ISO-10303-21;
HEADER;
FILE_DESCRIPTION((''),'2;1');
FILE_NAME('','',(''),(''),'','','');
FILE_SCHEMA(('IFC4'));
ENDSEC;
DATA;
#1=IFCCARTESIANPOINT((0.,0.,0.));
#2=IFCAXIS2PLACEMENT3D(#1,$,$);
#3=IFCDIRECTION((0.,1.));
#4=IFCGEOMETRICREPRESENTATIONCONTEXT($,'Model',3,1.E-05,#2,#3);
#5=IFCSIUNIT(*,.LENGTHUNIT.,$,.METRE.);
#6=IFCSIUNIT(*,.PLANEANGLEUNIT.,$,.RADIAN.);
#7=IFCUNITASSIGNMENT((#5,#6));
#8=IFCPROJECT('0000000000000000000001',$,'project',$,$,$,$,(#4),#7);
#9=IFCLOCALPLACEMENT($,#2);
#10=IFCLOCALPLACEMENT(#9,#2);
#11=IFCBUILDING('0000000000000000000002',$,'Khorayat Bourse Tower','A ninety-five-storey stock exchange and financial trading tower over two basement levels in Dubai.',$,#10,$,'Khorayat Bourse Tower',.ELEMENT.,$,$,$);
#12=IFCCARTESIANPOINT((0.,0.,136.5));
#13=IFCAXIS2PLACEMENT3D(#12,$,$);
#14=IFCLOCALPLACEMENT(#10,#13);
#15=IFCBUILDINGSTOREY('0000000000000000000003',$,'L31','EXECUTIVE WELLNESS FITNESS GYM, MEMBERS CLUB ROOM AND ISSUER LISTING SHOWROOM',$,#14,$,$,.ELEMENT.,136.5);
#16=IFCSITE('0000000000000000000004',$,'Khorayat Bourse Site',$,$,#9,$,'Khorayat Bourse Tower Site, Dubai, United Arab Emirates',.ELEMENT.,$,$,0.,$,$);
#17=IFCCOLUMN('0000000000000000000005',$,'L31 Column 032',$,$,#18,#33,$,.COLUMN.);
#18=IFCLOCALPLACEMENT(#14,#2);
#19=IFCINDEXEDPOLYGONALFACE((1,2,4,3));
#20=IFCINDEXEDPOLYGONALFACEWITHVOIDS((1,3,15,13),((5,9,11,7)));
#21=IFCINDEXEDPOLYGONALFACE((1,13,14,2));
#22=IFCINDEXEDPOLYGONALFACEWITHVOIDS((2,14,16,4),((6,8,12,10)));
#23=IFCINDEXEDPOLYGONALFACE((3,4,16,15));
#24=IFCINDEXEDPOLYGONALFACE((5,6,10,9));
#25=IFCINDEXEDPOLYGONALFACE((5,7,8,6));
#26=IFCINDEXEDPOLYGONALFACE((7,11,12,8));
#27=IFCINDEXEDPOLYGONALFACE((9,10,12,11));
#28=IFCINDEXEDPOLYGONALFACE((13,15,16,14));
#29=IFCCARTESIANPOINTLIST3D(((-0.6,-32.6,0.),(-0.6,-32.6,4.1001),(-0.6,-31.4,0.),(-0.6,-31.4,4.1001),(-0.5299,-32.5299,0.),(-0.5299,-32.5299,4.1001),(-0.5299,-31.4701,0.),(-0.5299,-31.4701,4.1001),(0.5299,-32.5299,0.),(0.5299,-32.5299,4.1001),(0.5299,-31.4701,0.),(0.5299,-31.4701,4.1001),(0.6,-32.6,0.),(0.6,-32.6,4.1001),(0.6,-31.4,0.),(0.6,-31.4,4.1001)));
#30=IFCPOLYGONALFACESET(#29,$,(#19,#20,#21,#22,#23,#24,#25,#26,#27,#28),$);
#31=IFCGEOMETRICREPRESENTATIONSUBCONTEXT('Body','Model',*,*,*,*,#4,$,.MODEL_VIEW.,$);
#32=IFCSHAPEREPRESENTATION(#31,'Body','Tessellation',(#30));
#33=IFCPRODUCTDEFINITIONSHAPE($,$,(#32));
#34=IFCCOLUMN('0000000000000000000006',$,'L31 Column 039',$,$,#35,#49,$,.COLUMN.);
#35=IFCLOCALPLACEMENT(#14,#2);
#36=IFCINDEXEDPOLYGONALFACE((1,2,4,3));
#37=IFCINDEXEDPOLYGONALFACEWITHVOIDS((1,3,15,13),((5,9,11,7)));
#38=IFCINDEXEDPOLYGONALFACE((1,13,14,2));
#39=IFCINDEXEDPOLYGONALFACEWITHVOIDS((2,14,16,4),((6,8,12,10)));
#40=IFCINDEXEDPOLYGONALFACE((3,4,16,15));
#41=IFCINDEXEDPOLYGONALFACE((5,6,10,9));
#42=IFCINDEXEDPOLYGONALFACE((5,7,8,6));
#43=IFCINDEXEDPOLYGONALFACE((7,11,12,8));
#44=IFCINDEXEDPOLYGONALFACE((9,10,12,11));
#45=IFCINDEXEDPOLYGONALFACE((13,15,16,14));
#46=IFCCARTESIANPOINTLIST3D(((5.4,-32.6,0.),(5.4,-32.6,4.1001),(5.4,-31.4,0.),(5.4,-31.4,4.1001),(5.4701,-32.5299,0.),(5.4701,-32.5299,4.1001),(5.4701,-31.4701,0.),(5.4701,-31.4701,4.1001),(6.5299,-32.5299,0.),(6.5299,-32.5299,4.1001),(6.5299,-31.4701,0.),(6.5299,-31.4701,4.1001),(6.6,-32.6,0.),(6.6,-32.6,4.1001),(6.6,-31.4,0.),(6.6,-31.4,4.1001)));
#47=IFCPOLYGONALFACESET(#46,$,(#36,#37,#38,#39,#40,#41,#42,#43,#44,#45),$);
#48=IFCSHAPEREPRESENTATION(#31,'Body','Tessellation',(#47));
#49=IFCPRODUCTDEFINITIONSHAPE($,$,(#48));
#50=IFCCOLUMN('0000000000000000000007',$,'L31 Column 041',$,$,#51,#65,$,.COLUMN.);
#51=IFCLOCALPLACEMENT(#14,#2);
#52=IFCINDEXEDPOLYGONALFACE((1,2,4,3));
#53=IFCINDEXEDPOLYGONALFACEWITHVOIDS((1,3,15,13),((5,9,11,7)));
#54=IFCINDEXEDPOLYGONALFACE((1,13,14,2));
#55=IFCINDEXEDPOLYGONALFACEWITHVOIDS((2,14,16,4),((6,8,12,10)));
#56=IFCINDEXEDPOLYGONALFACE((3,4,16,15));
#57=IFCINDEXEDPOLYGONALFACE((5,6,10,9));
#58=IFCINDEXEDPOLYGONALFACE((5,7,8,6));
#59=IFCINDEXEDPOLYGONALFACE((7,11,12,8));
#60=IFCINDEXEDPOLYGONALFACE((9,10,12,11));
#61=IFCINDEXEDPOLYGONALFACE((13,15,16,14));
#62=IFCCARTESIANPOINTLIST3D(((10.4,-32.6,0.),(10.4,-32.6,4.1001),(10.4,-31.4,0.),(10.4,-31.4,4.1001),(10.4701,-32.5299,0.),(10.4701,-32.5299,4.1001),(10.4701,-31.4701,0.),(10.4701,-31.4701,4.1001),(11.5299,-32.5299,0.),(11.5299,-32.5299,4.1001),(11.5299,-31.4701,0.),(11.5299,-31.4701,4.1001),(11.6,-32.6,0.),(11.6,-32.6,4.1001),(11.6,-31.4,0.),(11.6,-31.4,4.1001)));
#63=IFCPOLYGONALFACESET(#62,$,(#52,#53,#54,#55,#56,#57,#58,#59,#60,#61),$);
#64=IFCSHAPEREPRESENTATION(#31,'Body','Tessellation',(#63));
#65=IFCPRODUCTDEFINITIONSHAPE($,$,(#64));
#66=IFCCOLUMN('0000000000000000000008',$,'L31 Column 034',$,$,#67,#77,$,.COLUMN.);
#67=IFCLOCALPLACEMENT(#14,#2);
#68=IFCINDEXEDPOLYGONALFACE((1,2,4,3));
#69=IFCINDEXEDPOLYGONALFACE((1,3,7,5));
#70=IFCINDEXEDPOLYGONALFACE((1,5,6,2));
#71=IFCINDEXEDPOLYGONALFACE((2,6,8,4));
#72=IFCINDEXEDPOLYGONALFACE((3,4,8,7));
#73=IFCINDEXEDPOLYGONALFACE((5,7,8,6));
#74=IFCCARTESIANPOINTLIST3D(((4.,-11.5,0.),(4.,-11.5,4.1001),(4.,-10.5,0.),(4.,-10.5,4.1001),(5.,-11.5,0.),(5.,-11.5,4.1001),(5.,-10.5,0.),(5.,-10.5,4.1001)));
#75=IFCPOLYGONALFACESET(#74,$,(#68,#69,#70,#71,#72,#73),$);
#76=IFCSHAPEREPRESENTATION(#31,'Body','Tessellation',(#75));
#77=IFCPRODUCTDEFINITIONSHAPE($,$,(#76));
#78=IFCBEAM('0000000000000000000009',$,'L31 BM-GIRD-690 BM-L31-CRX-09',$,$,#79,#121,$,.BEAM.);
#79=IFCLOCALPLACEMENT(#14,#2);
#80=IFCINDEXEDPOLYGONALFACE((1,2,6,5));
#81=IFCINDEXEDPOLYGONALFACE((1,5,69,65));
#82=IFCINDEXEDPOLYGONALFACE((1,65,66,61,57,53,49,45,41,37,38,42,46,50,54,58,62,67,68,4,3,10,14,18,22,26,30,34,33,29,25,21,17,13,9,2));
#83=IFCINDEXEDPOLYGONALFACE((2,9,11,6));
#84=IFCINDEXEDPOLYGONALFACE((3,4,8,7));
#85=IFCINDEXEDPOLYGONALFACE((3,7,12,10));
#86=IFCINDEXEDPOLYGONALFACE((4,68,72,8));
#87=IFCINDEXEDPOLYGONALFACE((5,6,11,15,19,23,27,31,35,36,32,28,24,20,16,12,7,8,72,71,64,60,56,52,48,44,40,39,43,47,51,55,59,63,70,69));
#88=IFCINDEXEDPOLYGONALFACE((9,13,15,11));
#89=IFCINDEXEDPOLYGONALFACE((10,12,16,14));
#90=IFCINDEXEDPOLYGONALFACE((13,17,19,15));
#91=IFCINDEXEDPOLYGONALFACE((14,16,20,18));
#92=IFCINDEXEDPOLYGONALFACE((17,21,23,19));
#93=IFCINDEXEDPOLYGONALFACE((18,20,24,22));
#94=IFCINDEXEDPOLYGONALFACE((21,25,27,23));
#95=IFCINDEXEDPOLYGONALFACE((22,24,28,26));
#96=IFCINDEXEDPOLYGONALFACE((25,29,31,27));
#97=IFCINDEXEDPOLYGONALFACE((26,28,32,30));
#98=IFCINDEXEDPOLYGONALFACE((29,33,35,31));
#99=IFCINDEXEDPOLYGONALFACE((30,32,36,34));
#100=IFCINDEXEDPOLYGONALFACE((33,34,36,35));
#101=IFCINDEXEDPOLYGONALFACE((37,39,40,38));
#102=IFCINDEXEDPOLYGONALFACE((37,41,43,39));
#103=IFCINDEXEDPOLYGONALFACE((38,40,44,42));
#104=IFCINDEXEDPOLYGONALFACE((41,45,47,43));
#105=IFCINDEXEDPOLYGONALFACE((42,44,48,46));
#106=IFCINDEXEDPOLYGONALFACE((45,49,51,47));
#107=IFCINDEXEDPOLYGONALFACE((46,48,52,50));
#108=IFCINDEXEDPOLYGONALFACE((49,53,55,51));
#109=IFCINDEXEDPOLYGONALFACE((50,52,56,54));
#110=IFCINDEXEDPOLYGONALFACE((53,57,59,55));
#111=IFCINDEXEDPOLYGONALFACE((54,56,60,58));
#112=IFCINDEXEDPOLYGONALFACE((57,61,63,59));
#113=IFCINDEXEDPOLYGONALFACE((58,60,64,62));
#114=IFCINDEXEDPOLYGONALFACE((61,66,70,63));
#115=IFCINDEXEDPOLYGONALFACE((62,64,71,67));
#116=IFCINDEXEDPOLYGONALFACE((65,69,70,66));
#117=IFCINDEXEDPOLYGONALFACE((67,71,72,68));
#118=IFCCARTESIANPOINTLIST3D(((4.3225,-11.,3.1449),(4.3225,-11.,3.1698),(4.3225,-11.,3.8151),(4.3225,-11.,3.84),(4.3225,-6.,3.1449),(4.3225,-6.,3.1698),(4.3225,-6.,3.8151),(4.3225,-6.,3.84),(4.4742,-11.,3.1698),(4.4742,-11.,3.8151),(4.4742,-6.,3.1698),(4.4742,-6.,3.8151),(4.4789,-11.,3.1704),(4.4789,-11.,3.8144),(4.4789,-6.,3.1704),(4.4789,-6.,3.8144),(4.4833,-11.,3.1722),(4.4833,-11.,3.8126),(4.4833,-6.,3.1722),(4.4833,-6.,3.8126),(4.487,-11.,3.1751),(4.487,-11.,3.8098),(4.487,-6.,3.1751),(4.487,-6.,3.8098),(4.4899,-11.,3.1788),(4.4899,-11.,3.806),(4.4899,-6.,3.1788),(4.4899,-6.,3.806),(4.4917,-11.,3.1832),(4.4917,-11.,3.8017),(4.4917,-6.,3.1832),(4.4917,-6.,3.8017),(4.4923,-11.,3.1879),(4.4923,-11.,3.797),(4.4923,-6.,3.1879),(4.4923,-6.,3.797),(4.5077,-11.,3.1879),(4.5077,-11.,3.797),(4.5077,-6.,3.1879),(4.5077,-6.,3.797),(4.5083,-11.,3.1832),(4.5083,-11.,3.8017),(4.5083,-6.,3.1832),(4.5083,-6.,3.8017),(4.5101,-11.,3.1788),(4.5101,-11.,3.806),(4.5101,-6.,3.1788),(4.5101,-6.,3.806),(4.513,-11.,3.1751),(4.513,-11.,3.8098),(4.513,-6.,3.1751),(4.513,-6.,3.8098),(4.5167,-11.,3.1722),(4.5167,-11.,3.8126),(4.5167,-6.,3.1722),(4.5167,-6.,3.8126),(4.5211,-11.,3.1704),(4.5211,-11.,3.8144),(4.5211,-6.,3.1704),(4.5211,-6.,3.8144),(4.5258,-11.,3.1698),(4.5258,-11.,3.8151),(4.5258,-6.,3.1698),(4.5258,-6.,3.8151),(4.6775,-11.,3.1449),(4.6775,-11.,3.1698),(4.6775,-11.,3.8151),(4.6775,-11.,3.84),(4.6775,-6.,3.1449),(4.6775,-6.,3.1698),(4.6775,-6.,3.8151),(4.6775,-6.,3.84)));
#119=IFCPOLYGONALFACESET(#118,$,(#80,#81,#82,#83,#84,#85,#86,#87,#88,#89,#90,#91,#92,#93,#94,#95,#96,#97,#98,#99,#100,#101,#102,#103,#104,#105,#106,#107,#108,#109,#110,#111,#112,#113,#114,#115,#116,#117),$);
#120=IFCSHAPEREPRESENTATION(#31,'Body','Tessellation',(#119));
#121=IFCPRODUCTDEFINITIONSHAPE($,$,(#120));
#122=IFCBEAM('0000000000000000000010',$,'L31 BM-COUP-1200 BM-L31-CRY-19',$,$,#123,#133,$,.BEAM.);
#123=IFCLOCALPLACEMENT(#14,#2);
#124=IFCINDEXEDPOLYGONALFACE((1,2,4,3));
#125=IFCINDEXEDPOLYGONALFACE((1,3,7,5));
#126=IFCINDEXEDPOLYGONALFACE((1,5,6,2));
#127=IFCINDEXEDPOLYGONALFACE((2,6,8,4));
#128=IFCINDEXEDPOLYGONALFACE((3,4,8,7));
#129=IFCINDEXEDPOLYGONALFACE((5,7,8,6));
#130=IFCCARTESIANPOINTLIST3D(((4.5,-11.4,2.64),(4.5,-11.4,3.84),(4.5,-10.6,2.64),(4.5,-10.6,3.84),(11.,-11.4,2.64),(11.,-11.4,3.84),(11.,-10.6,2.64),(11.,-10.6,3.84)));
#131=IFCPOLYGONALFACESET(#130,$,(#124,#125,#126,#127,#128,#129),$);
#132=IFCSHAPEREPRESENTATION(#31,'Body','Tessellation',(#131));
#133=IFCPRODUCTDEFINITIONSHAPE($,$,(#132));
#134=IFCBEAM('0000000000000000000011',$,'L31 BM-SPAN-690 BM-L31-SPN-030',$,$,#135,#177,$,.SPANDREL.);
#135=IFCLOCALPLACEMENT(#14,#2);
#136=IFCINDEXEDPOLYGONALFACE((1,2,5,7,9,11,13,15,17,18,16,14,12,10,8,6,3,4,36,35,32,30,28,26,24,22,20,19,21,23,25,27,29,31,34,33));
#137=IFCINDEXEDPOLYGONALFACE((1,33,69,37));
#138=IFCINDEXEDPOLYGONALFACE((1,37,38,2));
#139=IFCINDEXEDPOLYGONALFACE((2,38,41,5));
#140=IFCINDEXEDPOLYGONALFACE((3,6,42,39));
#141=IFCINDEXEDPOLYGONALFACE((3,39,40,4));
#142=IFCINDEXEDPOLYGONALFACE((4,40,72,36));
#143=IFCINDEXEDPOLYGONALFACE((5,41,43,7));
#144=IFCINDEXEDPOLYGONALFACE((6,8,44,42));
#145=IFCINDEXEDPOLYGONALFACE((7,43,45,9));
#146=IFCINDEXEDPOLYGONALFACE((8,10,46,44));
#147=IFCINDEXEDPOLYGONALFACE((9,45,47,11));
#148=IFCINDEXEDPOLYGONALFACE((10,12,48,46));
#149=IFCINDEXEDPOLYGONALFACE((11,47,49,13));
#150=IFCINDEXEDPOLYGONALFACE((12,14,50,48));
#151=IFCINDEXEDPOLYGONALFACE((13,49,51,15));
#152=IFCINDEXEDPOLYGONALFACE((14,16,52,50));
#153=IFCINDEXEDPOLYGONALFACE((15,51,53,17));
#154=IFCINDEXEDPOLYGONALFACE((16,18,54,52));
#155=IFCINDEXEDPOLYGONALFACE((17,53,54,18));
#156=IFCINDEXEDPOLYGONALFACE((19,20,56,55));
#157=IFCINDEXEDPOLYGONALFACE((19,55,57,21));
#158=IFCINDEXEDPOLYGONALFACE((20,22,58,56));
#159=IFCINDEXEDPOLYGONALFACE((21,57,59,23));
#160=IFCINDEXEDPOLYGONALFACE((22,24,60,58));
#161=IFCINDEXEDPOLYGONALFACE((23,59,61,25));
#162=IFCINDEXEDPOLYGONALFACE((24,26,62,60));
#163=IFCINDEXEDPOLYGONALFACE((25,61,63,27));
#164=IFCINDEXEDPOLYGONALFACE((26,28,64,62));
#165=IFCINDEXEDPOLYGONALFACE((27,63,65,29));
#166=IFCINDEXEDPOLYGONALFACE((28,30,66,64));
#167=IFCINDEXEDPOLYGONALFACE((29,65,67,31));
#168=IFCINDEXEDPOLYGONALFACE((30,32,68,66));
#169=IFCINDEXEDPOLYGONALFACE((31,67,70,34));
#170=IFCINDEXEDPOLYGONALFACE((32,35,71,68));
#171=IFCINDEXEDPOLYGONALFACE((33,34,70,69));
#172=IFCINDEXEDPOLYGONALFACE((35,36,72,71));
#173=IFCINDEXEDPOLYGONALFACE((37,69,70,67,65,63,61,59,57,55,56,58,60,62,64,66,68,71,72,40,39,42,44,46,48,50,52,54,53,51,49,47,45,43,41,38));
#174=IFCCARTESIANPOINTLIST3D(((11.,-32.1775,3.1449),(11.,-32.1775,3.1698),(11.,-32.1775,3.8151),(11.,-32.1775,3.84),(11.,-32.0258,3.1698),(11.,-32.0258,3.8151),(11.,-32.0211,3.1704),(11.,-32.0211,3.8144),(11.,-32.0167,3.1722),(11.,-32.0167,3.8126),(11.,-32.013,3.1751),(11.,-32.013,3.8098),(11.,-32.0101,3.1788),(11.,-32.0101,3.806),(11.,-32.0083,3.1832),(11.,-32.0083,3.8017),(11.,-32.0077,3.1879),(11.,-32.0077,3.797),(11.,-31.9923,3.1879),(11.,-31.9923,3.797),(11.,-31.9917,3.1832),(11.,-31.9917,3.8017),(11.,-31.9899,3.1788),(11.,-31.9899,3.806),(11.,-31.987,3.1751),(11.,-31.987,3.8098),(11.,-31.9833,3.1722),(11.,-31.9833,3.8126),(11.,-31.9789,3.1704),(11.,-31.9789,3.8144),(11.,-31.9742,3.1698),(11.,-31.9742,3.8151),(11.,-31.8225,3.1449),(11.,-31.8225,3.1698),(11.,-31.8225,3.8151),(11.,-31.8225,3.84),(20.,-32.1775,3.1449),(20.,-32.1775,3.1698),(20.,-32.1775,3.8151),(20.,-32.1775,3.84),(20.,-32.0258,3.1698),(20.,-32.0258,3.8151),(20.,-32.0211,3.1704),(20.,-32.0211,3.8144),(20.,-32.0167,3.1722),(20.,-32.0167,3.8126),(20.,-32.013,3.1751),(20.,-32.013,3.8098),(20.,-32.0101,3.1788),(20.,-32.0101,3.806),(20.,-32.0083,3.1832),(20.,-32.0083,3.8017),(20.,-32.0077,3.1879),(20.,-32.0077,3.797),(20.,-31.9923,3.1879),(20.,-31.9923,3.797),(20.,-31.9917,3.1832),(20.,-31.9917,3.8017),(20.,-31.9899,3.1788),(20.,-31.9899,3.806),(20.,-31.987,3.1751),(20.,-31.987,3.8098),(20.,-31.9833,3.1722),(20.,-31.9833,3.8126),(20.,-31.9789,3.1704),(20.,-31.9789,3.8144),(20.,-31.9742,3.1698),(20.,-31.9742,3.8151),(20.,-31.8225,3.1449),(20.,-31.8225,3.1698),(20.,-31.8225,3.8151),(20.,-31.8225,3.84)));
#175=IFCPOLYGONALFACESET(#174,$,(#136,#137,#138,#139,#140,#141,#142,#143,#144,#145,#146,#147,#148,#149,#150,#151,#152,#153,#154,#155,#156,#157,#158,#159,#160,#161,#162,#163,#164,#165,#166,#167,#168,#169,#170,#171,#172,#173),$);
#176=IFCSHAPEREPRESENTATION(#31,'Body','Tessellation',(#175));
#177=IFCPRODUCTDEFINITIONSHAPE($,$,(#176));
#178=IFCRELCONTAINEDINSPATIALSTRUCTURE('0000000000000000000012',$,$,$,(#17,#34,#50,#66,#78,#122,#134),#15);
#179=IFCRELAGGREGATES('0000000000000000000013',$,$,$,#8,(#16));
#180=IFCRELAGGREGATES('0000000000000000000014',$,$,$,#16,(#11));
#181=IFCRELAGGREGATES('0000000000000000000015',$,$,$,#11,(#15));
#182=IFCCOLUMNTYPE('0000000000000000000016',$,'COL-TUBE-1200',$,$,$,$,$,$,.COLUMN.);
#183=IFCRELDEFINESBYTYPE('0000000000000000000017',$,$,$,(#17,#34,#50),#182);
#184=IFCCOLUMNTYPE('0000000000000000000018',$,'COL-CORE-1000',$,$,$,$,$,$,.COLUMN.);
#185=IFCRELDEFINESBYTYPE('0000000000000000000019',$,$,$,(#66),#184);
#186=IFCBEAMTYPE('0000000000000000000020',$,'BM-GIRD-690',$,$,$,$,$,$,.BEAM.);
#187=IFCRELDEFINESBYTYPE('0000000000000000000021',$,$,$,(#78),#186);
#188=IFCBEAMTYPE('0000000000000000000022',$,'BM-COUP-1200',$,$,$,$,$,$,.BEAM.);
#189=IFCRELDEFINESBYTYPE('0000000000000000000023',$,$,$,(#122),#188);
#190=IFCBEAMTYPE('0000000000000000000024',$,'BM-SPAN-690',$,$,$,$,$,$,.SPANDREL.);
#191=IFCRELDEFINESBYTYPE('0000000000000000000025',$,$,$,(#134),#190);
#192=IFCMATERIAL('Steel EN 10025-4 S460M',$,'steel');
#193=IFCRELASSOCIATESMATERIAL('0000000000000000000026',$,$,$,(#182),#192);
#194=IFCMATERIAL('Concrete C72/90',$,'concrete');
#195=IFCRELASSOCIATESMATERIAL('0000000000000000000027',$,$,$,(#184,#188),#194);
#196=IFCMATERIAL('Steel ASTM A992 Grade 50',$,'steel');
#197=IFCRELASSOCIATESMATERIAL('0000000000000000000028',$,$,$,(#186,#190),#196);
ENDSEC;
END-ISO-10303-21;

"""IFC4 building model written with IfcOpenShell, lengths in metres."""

from ifc_helpers import new_model, si_unit, direction, frame, origin, origin_2d, place, context, subcontext, project, spatial, rectangle, hollow_rectangle, i_section, extrude, source, transform, mapped, material, material_profile, profile_set, type_object, element, save


model = new_model("IFC4")

# Units and contexts
model_context = context("Model", 3, precision=1e-05, world=origin(), true_north=direction((0.0, 1.0)))
body_context = subcontext(model_context, "Body", "Model", "MODEL_VIEW")
ifc_project = project(units=[si_unit("LENGTHUNIT", "METRE"), si_unit("PLANEANGLEUNIT", "RADIAN")], contexts=[model_context])

# Site, building, storey
site_placement = place(None, origin())
site = spatial("IfcSite", under=ifc_project, at=site_placement, Name="Khorayat Bourse Site", LongName="Khorayat Bourse Tower Site, Dubai, United Arab Emirates", CompositionType="ELEMENT", RefElevation=0.0)
building_placement = place(site_placement, origin())
building = spatial("IfcBuilding", under=site, at=building_placement, Name="Khorayat Bourse Tower", Description="A ninety-five-storey stock exchange and financial trading tower over two basement levels in Dubai.", LongName="Khorayat Bourse Tower", CompositionType="ELEMENT")
storey_placement = place(building_placement, frame((0.0, 0.0, 136.5)))
storey = spatial("IfcBuildingStorey", under=building, at=storey_placement, Name="L31", Description="EXECUTIVE WELLNESS FITNESS GYM, MEMBERS CLUB ROOM AND ISSUER LISTING SHOWROOM", CompositionType="ELEMENT", Elevation=136.5)

# Columns
ifc_material_1 = material(Name="Steel EN 10025-4 S460M", Category="steel")
ifc_material_profile_1 = material_profile(ifc_material_1, hollow_rectangle(XDim=1.2, YDim=1.2, WallThickness=0.0701, at=origin_2d()), Name="BOX 1200x1200x70")
ifc_profile_set_1 = profile_set([ifc_material_profile_1], Name="Steel EN 10025-4 S460M")
column_type_1 = type_object("IfcColumnType", Name="COL-TUBE-1200", PredefinedType="COLUMN", material=ifc_profile_set_1)
shared_shape_1 = source(origin(), body_context, "Body", "SweptSolid", [
    extrude(hollow_rectangle(XDim=1.2, YDim=1.2, WallThickness=0.0701, at=origin_2d()), origin(), (0.0, 0.0, 1.0), 4.1001),
])
for number, where, z_axis, x_axis, name in (
    (1, (0.0, -32.0, 0.0), (0.0, 0.0, 1.0), (1.0, 0.0, 0.0), "L31 Column 032"),
    (2, (6.0, -32.0, 0.0), (0.0, 0.0, 1.0), (1.0, 0.0, 0.0), "L31 Column 039"),
    (3, (11.0, -32.0, 0.0), (0.0, 0.0, 1.0), (1.0, 0.0, 0.0), "L31 Column 041"),
):
    element("IfcColumn", number, at=place(storey_placement, frame(where, z_axis=z_axis, x_axis=x_axis)), inside=storey, type_object=column_type_1, Name=name, PredefinedType="COLUMN", context=body_context, shape_type="MappedRepresentation", body=[
        mapped(shared_shape_1, transform((0.0, 0.0, 0.0), scale=1.0)),
    ])
ifc_material_2 = material(Name="Concrete C72/90", Category="concrete")
ifc_material_profile_2 = material_profile(ifc_material_2, rectangle(XDim=1.0, YDim=1.0, at=origin_2d()), Name="RC 1000x1000")
ifc_profile_set_2 = profile_set([ifc_material_profile_2], Name="Concrete C72/90")
column_type_2 = type_object("IfcColumnType", Name="COL-CORE-1000", PredefinedType="COLUMN", material=ifc_profile_set_2)
shared_shape_2 = source(origin(), body_context, "Body", "SweptSolid", [
    extrude(rectangle(XDim=1.0, YDim=1.0, at=origin_2d()), origin(), (0.0, 0.0, 1.0), 4.1001),
])
column_placement = place(storey_placement, frame((4.5, -11.0, 0.0), z_axis=(0.0, 0.0, 1.0), x_axis=(1.0, 0.0, 0.0)))
element("IfcColumn", 4, at=column_placement, inside=storey, type_object=column_type_2, Name="L31 Column 034", PredefinedType="COLUMN", context=body_context, shape_type="MappedRepresentation", body=[
    mapped(shared_shape_2, transform((0.0, 0.0, 0.0), scale=1.0)),
])

# Beams
ifc_material_3 = material(Name="Steel ASTM A992 Grade 50", Category="steel")
ifc_material_profile_3 = material_profile(ifc_material_3, i_section(OverallWidth=0.355, OverallDepth=0.6951, WebThickness=0.0154, FlangeThickness=0.0249, FilletRadius=0.0181, at=origin_2d()), Name="W690X217")
ifc_profile_set_3 = profile_set([ifc_material_profile_3], Name="Steel ASTM A992 Grade 50")
beam_type_1 = type_object("IfcBeamType", Name="BM-GIRD-690", PredefinedType="BEAM", material=ifc_profile_set_3)
shared_shape_3 = source(origin(), body_context, "Body", "SweptSolid", [
    extrude(i_section(OverallWidth=0.355, OverallDepth=0.6951, WebThickness=0.0154, FlangeThickness=0.0249, FilletRadius=0.0181, at=origin_2d()), origin(), (0.0, 0.0, 1.0), 5.0),
])
beam_1_placement = place(storey_placement, frame((4.5, -11.0, 3.4924), z_axis=(0.0, 1.0, 0.0), x_axis=(-1.0, 0.0, 0.0)))
element("IfcBeam", 5, at=beam_1_placement, inside=storey, type_object=beam_type_1, Name="L31 BM-GIRD-690 BM-L31-CRX-09", PredefinedType="BEAM", context=body_context, shape_type="MappedRepresentation", body=[
    mapped(shared_shape_3, transform((0.0, 0.0, 0.0), scale=1.0)),
])
ifc_material_profile_4 = material_profile(ifc_material_2, rectangle(XDim=0.8, YDim=1.2, at=origin_2d()), Name="RC 800x1200")
ifc_profile_set_4 = profile_set([ifc_material_profile_4], Name="Concrete C72/90")
beam_type_2 = type_object("IfcBeamType", Name="BM-COUP-1200", PredefinedType="BEAM", material=ifc_profile_set_4)
shared_shape_4 = source(origin(), body_context, "Body", "SweptSolid", [
    extrude(rectangle(XDim=0.8, YDim=1.2, at=origin_2d()), origin(), (0.0, 0.0, 1.0), 6.5),
])
beam_2_placement = place(storey_placement, frame((4.5, -11.0, 3.24), z_axis=(1.0, 0.0, 0.0), x_axis=(0.0, 1.0, 0.0)))
element("IfcBeam", 6, at=beam_2_placement, inside=storey, type_object=beam_type_2, Name="L31 BM-COUP-1200 BM-L31-CRY-19", PredefinedType="BEAM", context=body_context, shape_type="MappedRepresentation", body=[
    mapped(shared_shape_4, transform((0.0, 0.0, 0.0), scale=1.0)),
])
ifc_material_profile_5 = material_profile(ifc_material_3, i_section(OverallWidth=0.355, OverallDepth=0.6951, WebThickness=0.0154, FlangeThickness=0.0249, FilletRadius=0.0181, at=origin_2d()), Name="W690X217")
ifc_profile_set_5 = profile_set([ifc_material_profile_5], Name="Steel ASTM A992 Grade 50")
beam_type_3 = type_object("IfcBeamType", Name="BM-SPAN-690", PredefinedType="SPANDREL", material=ifc_profile_set_5)
shared_shape_5 = source(origin(), body_context, "Body", "SweptSolid", [
    extrude(i_section(OverallWidth=0.355, OverallDepth=0.6951, WebThickness=0.0154, FlangeThickness=0.0249, FilletRadius=0.0181, at=origin_2d()), origin(), (0.0, 0.0, 1.0), 9.0),
])
beam_3_placement = place(storey_placement, frame((11.0, -32.0, 3.4924), z_axis=(1.0, 0.0, 0.0), x_axis=(0.0, 1.0, 0.0)))
element("IfcBeam", 7, at=beam_3_placement, inside=storey, type_object=beam_type_3, Name="L31 BM-SPAN-690 BM-L31-SPN-030", PredefinedType="SPANDREL", context=body_context, shape_type="MappedRepresentation", body=[
    mapped(shared_shape_5, transform((0.0, 0.0, 0.0), scale=1.0)),
])

save(model, "model.ifc")
